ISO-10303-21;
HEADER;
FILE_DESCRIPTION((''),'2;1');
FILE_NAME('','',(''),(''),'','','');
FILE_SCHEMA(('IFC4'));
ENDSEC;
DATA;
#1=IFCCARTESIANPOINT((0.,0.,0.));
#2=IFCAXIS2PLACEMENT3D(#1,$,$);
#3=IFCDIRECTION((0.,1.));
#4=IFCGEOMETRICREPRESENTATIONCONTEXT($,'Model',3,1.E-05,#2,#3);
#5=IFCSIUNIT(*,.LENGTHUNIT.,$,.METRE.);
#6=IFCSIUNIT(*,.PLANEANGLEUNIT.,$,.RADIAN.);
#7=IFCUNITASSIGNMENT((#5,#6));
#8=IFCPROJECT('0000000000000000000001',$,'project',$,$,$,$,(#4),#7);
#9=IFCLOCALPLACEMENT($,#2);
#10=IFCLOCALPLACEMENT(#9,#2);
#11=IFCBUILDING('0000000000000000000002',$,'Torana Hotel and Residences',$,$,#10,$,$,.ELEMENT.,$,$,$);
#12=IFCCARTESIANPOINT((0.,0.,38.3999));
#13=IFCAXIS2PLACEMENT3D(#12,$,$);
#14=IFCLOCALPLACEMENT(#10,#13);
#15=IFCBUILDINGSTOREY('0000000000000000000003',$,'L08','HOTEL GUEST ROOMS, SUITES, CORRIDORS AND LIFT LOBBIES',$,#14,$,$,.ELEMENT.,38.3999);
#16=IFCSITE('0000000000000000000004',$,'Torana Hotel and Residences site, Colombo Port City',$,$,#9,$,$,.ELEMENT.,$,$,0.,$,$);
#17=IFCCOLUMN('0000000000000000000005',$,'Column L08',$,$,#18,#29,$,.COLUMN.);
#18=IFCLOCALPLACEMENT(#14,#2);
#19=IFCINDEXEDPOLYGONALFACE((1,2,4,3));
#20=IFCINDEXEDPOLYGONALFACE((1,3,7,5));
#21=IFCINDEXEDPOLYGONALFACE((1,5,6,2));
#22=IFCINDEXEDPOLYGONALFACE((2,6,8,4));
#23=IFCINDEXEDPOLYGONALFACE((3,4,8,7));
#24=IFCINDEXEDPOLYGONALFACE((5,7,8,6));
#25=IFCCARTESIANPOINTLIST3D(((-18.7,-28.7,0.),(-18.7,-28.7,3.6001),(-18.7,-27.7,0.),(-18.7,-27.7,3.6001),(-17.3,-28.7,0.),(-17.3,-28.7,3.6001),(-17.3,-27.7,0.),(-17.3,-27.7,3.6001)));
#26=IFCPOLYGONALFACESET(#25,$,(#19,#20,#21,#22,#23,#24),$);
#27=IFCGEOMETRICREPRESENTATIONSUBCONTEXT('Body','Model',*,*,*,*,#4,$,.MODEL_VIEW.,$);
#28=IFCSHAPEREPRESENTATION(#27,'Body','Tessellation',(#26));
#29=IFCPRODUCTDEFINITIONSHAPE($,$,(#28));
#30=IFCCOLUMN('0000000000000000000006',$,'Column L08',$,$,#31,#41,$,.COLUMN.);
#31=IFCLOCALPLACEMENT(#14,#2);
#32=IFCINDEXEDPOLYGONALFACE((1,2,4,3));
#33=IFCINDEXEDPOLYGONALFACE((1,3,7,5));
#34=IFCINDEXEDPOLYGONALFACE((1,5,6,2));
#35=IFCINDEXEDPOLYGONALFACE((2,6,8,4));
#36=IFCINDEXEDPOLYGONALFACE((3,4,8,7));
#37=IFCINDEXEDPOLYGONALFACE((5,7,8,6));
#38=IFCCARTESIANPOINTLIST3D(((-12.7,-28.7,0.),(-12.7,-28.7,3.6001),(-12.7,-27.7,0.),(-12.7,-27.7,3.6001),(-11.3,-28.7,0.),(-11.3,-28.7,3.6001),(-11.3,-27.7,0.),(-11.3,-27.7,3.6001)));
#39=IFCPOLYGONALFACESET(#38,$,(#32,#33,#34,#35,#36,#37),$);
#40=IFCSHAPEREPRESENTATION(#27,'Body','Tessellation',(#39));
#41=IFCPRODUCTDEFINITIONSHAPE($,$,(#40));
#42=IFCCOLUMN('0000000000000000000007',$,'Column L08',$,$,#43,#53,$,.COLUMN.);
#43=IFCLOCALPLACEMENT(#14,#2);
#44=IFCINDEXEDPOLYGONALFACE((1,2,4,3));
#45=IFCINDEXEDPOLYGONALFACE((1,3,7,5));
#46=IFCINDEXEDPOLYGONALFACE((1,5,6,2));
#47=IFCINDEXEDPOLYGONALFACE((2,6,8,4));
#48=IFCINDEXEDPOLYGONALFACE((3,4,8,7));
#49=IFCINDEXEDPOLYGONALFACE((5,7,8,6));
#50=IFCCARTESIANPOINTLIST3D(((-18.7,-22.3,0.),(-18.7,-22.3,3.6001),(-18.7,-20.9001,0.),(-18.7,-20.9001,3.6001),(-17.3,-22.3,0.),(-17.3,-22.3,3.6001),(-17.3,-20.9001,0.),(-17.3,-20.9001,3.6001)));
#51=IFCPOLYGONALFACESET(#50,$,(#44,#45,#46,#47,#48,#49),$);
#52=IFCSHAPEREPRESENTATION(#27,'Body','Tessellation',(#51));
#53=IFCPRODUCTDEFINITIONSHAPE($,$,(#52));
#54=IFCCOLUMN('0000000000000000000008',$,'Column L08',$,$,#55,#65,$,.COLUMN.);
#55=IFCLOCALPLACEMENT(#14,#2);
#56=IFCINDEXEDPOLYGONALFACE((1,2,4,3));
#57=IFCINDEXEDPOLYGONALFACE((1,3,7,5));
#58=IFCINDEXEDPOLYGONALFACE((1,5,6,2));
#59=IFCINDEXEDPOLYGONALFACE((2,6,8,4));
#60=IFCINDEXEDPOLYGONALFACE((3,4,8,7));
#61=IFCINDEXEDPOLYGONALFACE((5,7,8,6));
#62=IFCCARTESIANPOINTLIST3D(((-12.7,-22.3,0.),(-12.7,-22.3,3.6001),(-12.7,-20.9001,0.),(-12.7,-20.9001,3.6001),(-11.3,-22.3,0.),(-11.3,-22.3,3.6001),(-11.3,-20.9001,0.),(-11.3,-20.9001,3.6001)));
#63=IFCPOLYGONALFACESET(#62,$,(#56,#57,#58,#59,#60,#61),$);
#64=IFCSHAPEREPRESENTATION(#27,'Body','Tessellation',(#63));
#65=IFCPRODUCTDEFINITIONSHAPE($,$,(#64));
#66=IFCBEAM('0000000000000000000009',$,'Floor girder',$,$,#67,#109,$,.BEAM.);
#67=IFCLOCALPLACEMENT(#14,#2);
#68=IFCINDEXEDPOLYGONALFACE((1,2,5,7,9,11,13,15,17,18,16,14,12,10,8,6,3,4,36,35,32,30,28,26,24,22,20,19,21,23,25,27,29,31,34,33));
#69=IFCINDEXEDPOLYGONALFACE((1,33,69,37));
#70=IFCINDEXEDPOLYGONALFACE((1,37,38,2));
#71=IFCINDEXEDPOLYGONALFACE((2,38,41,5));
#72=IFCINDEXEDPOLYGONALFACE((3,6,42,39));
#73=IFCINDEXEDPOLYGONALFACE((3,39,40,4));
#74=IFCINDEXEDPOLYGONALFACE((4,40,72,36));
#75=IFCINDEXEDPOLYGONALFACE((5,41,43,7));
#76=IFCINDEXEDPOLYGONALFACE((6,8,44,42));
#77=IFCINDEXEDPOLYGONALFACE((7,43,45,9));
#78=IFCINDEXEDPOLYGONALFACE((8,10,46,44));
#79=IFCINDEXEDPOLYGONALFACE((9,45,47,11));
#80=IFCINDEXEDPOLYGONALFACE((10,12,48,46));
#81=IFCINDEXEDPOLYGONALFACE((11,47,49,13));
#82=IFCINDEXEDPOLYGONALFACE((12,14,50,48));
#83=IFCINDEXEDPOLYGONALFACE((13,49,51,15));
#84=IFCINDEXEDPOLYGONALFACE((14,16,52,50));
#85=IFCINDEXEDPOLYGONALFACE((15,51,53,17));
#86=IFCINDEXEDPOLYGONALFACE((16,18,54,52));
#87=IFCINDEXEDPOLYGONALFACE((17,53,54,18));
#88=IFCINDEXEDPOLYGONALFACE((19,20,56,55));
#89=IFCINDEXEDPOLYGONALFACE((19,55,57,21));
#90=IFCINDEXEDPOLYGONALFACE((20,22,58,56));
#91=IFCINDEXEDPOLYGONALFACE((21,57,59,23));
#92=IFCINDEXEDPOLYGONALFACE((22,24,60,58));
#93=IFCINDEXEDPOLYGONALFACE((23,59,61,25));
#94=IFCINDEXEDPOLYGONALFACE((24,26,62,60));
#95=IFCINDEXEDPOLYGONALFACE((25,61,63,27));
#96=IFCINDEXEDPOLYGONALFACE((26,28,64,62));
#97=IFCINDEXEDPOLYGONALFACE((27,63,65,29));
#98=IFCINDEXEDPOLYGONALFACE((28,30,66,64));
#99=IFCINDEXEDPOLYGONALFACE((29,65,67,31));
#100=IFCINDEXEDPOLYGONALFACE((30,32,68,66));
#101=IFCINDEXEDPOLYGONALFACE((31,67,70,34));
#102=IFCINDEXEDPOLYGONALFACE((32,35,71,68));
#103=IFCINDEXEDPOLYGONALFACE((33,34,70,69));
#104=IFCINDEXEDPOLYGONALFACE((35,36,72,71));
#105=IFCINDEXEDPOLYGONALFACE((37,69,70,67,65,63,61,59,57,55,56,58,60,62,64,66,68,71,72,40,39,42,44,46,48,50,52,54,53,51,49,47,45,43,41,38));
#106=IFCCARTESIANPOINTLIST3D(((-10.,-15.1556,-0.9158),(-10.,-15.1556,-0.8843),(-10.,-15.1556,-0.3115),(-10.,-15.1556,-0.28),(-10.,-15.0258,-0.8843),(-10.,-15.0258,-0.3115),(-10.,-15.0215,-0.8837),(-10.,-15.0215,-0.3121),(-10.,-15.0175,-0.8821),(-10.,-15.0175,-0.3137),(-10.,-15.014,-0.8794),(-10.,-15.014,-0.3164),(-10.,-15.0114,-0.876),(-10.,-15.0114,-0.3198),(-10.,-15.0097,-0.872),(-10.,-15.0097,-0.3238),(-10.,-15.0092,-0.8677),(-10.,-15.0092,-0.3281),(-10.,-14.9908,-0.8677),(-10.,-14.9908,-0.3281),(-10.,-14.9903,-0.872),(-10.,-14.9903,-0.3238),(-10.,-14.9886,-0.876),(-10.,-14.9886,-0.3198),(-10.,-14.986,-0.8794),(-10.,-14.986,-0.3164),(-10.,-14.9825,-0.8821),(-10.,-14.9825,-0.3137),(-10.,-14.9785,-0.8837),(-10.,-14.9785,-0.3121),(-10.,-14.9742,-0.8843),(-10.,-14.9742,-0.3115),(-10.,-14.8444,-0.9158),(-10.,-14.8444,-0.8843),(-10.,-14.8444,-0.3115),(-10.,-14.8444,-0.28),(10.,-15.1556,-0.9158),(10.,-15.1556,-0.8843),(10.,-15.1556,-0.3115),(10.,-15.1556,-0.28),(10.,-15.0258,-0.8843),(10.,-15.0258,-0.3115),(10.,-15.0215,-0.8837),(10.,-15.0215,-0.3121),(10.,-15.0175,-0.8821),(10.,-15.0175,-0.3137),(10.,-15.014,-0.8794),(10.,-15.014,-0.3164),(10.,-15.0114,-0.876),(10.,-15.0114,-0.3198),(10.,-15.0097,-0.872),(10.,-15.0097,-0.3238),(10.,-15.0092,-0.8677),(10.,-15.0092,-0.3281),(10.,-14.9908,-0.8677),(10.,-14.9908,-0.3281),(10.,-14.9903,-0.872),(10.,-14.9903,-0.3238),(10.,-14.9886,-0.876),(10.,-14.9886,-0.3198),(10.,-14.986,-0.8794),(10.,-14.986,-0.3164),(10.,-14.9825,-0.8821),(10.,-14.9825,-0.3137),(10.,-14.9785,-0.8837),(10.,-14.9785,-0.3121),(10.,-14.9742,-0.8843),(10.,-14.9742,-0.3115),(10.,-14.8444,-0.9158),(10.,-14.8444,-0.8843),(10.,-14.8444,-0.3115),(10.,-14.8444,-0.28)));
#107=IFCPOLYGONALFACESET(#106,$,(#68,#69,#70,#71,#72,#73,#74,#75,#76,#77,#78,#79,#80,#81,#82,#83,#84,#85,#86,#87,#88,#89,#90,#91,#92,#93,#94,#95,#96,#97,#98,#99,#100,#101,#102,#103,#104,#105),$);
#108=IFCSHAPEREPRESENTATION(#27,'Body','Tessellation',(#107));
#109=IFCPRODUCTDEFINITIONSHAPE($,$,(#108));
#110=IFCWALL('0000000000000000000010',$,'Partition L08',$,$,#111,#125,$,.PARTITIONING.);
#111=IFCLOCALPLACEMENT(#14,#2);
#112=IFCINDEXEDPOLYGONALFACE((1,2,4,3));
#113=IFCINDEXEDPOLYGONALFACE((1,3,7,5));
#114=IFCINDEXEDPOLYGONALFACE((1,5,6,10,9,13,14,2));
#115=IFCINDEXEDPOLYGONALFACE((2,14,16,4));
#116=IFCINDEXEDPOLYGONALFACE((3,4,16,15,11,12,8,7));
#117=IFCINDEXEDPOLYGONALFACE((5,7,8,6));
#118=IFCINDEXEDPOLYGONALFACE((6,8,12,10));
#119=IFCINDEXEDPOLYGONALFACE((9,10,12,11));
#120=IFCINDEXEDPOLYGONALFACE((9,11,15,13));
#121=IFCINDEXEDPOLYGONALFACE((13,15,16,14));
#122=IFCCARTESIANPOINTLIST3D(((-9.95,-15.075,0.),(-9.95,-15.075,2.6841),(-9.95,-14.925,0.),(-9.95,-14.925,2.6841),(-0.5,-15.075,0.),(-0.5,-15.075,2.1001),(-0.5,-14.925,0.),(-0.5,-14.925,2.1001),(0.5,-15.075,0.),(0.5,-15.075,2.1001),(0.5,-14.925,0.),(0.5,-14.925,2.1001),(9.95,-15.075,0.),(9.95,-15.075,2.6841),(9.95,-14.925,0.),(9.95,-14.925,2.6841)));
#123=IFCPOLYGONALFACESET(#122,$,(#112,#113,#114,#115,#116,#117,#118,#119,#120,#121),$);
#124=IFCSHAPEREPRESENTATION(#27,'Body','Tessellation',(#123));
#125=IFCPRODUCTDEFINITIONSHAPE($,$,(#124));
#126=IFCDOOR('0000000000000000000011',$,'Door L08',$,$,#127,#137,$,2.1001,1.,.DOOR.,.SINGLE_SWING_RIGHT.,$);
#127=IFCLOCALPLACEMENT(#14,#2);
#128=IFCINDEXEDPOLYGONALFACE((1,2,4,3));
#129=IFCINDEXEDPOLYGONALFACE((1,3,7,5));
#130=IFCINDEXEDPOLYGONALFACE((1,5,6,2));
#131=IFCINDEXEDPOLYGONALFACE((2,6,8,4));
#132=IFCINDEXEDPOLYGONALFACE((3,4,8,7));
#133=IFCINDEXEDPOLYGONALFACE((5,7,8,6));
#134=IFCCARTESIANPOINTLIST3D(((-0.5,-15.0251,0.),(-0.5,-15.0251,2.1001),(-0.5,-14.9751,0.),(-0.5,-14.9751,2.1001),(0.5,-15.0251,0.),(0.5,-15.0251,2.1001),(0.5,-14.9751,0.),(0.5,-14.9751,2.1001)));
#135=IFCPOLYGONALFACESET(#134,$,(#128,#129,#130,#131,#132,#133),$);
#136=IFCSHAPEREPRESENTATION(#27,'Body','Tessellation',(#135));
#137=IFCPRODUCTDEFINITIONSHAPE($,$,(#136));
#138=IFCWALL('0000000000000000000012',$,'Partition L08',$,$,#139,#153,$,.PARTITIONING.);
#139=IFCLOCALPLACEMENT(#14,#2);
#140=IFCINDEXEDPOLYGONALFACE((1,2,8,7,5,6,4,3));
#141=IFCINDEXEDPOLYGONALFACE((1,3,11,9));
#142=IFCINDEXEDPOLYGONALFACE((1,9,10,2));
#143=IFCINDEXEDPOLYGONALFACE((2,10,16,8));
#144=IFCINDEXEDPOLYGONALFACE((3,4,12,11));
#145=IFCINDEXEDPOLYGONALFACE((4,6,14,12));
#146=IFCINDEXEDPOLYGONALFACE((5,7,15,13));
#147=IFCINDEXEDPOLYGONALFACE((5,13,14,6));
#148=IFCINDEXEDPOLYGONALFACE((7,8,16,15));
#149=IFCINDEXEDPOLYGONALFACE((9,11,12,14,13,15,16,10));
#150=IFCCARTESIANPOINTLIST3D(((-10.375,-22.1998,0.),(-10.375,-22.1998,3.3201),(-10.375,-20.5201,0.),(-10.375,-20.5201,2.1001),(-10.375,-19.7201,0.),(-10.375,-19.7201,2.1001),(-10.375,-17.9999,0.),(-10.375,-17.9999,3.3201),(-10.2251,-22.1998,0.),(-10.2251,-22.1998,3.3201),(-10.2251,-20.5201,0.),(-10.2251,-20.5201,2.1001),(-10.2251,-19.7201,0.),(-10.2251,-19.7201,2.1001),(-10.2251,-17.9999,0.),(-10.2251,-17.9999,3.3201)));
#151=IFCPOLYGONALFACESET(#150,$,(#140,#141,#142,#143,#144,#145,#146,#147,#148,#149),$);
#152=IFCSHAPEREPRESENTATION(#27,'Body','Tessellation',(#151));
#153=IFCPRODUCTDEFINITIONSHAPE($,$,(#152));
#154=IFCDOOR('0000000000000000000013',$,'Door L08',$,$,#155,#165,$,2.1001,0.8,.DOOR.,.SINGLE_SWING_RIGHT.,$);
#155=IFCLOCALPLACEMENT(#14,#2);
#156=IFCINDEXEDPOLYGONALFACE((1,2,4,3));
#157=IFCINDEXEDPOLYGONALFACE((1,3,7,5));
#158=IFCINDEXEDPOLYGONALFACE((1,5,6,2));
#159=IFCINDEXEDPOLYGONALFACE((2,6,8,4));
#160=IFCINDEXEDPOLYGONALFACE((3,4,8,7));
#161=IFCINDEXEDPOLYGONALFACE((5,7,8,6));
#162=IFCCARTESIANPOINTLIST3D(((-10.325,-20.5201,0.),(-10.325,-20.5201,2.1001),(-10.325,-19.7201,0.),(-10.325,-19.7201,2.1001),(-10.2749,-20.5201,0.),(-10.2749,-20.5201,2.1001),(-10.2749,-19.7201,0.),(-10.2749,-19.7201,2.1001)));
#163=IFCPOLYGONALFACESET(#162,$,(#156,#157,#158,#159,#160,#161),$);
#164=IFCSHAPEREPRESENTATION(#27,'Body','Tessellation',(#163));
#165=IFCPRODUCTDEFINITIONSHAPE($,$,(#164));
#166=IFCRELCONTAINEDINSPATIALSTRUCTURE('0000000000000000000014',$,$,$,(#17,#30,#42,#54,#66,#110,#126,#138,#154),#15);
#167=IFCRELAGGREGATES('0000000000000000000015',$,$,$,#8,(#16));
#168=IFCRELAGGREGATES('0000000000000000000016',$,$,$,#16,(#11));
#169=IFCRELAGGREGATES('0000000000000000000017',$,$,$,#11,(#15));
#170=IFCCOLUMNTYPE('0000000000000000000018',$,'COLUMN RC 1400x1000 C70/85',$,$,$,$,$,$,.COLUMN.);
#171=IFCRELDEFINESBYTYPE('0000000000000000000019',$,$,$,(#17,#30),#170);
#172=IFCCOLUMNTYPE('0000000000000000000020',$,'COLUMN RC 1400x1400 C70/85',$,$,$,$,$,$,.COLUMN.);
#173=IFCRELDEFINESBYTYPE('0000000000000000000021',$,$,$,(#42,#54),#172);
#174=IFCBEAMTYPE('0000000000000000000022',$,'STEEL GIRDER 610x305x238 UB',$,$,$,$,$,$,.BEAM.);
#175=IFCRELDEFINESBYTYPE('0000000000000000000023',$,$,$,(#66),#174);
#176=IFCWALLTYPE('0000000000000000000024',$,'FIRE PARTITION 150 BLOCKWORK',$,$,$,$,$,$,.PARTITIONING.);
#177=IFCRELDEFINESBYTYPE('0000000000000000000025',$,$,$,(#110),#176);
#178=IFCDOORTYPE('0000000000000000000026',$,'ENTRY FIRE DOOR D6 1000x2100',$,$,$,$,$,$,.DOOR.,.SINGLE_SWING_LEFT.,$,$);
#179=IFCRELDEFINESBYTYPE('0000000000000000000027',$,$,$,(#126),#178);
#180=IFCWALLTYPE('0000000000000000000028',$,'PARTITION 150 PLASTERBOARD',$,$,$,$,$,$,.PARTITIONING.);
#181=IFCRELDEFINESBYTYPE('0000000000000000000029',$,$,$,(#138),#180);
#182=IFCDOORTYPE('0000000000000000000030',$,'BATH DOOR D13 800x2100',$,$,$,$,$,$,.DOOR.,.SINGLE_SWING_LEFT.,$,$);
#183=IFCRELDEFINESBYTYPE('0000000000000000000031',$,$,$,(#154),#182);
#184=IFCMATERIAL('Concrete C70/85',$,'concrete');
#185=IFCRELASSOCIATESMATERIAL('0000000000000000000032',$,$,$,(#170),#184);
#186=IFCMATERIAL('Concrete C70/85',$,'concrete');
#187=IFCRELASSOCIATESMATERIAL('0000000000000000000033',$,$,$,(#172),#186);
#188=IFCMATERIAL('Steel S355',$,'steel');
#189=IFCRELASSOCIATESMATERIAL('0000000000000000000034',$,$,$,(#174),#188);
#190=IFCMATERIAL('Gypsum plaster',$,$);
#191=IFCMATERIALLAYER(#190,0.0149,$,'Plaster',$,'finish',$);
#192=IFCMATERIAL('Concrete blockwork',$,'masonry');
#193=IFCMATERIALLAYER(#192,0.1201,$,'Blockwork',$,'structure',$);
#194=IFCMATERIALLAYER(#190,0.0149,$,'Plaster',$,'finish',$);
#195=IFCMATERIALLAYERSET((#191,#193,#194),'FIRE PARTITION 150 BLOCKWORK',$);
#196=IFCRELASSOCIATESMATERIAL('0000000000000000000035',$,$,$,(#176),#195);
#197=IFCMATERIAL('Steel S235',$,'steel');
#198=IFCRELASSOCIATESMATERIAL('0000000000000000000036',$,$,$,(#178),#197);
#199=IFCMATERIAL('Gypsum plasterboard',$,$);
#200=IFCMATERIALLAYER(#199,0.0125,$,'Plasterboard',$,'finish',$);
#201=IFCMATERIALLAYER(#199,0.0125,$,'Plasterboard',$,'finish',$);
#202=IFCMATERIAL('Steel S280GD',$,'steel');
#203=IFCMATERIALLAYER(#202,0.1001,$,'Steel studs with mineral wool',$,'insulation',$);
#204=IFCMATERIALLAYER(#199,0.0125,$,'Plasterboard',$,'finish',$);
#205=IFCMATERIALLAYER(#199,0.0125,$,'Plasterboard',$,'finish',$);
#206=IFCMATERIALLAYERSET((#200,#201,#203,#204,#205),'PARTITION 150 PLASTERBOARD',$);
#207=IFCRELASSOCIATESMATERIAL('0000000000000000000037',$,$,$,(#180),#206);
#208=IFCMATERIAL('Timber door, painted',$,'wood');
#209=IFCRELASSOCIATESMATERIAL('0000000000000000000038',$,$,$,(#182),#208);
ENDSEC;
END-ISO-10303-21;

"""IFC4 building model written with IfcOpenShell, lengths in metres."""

from ifc_helpers import new_model, si_unit, direction, frame, frame_2d, origin, origin_2d, place, context, subcontext, project, spatial, rectangle, i_section, extrude, material, layer, layer_set, material_profile, profile_set, type_object, element, fill, save


model = new_model("IFC4")

# Units and contexts
model_context = context("Model", 3, precision=1e-05, world=origin(), true_north=direction((0.0, 1.0)))
body_context = subcontext(model_context, "Body", "Model", "MODEL_VIEW")
ifc_project = project(units=[si_unit("LENGTHUNIT", "METRE"), si_unit("PLANEANGLEUNIT", "RADIAN")], contexts=[model_context])

# Site, building, storey
site_placement = place(None, origin())
site = spatial("IfcSite", under=ifc_project, at=site_placement, Name="Torana Hotel and Residences site, Colombo Port City", CompositionType="ELEMENT", RefElevation=0.0)
building_placement = place(site_placement, origin())
building = spatial("IfcBuilding", under=site, at=building_placement, Name="Torana Hotel and Residences", CompositionType="ELEMENT")
storey_placement = place(building_placement, frame((0.0, 0.0, 38.3999)))
storey = spatial("IfcBuildingStorey", under=building, at=storey_placement, Name="L08", Description="HOTEL GUEST ROOMS, SUITES, CORRIDORS AND LIFT LOBBIES", CompositionType="ELEMENT", Elevation=38.3999)

# Columns
ifc_material_1 = material(Name="Concrete C70/85", Category="concrete")
ifc_material_profile_1 = material_profile(ifc_material_1, rectangle(XDim=1.3999, YDim=1.0, at=origin_2d()), Name="RC 1400x1000")
ifc_profile_set_1 = profile_set([ifc_material_profile_1], Name="Concrete C70/85")
column_type_1 = type_object("IfcColumnType", Name="COLUMN RC 1400x1000 C70/85", PredefinedType="COLUMN", material=ifc_profile_set_1)
for number, where, z_axis, x_axis, name in (
    (1, (-18.0, -28.2, 0.0), (0.0, 0.0, 1.0), (1.0, 0.0, 0.0), "Column L08"),
    (2, (-12.0, -28.2, 0.0), (0.0, 0.0, 1.0), (1.0, 0.0, 0.0), "Column L08"),
):
    element("IfcColumn", number, at=place(storey_placement, frame(where, z_axis=z_axis, x_axis=x_axis)), inside=storey, type_object=column_type_1, Name=name, PredefinedType="COLUMN", context=body_context, shape_type="SweptSolid", body=[
        extrude(rectangle(XDim=1.3999, YDim=1.0, at=origin_2d()), origin(), (0.0, 0.0, 1.0), 3.6001),
    ])
ifc_material_2 = material(Name="Concrete C70/85", Category="concrete")
ifc_material_profile_2 = material_profile(ifc_material_2, rectangle(XDim=1.3999, YDim=1.3999, at=origin_2d()), Name="RC 1400x1400")
ifc_profile_set_2 = profile_set([ifc_material_profile_2], Name="Concrete C70/85")
column_type_2 = type_object("IfcColumnType", Name="COLUMN RC 1400x1400 C70/85", PredefinedType="COLUMN", material=ifc_profile_set_2)
for number, where, z_axis, x_axis, name in (
    (3, (-18.0, -21.6001, 0.0), (0.0, 0.0, 1.0), (1.0, 0.0, 0.0), "Column L08"),
    (4, (-12.0, -21.6001, 0.0), (0.0, 0.0, 1.0), (1.0, 0.0, 0.0), "Column L08"),
):
    element("IfcColumn", number, at=place(storey_placement, frame(where, z_axis=z_axis, x_axis=x_axis)), inside=storey, type_object=column_type_2, Name=name, PredefinedType="COLUMN", context=body_context, shape_type="SweptSolid", body=[
        extrude(rectangle(XDim=1.3999, YDim=1.3999, at=origin_2d()), origin(), (0.0, 0.0, 1.0), 3.6001),
    ])

# Beam
ifc_material_3 = material(Name="Steel S355", Category="steel")
ifc_material_profile_3 = material_profile(ifc_material_3, i_section(OverallWidth=0.3113, OverallDepth=0.6357, WebThickness=0.0183, FlangeThickness=0.0315, FilletRadius=0.0166, at=origin_2d()), Name="610x305x238 UB")
ifc_profile_set_3 = profile_set([ifc_material_profile_3], Name="Steel S355")
beam_type = type_object("IfcBeamType", Name="STEEL GIRDER 610x305x238 UB", PredefinedType="BEAM", material=ifc_profile_set_3)
beam_placement = place(storey_placement, frame((-10.0, -15.0, -0.5979), z_axis=(1.0, 0.0, 0.0), x_axis=(0.0, 1.0, 0.0)))
element("IfcBeam", 5, at=beam_placement, inside=storey, type_object=beam_type, Name="Floor girder", PredefinedType="BEAM", context=body_context, shape_type="SweptSolid", body=[
    extrude(i_section(OverallWidth=0.3113, OverallDepth=0.6357, WebThickness=0.0183, FlangeThickness=0.0315, FilletRadius=0.0166, at=origin_2d()), origin(), (0.0, 0.0, 1.0), 20.0),
])

# Walls, openings, doors
ifc_material_4 = material(Name="Gypsum plaster")
ifc_layer_1 = layer(ifc_material_4, 0.0149, Name="Plaster", Category="finish")
ifc_material_5 = material(Name="Concrete blockwork", Category="masonry")
ifc_layer_2 = layer(ifc_material_5, 0.1201, Name="Blockwork", Category="structure")
ifc_layer_3 = layer(ifc_material_4, 0.0149, Name="Plaster", Category="finish")
ifc_layer_set_1 = layer_set([ifc_layer_1, ifc_layer_2, ifc_layer_3], Name="FIRE PARTITION 150 BLOCKWORK")
wall_type_1 = type_object("IfcWallType", Name="FIRE PARTITION 150 BLOCKWORK", PredefinedType="PARTITIONING", material=ifc_layer_set_1)
wall_1_placement = place(storey_placement, frame((-9.95, -15.0, 0.0), z_axis=(0.0, 0.0, 1.0), x_axis=(1.0, 0.0, 0.0)))
wall_1 = element("IfcWall", 6, at=wall_1_placement, inside=storey, type_object=wall_type_1, Name="Partition L08", PredefinedType="PARTITIONING", context=body_context, shape_type="SweptSolid", body=[
    extrude(rectangle(XDim=19.8999, YDim=0.1499, at=frame_2d((9.95, 0.0))), origin(), (0.0, 0.0, 1.0), 2.6841),
])
opening_1_placement = place(wall_1_placement, frame((9.45, 0.0, 0.0)))
opening_1 = element("IfcOpeningElement", 7, at=opening_1_placement, cuts=wall_1, PredefinedType="OPENING", context=body_context, shape_type="SweptSolid", body=[
    extrude(rectangle(XDim=1.0, YDim=2.1001, at=frame_2d((0.5, 1.05))), frame((0.0, 0.085, 0.0), z_axis=(0.0, -1.0, 0.0), x_axis=(1.0, 0.0, 0.0)), (0.0, 0.0, 1.0), 0.1699),
])
ifc_material_6 = material(Name="Steel S235", Category="steel")
door_type_1 = type_object("IfcDoorType", Name="ENTRY FIRE DOOR D6 1000x2100", OperationType="SINGLE_SWING_LEFT", PredefinedType="DOOR", material=ifc_material_6)
door_1_placement = place(opening_1_placement, origin())
door_1 = element("IfcDoor", 8, at=door_1_placement, inside=storey, type_object=door_type_1, Name="Door L08", OperationType="SINGLE_SWING_RIGHT", OverallHeight=2.1001, OverallWidth=1.0, PredefinedType="DOOR", context=body_context, shape_type="SweptSolid", body=[
    extrude(rectangle(XDim=1.0, YDim=2.1001, at=frame_2d((0.5, 1.05))), frame((0.0, 0.0249, 0.0), z_axis=(0.0, -1.0, 0.0), x_axis=(1.0, 0.0, 0.0)), (0.0, 0.0, 1.0), 0.05),
])
fill(opening_1, door_1)
ifc_material_7 = material(Name="Gypsum plasterboard")
ifc_layer_4 = layer(ifc_material_7, 0.0125, Name="Plasterboard", Category="finish")
ifc_layer_5 = layer(ifc_material_7, 0.0125, Name="Plasterboard", Category="finish")
ifc_material_8 = material(Name="Steel S280GD", Category="steel")
ifc_layer_6 = layer(ifc_material_8, 0.1001, Name="Steel studs with mineral wool", Category="insulation")
ifc_layer_7 = layer(ifc_material_7, 0.0125, Name="Plasterboard", Category="finish")
ifc_layer_8 = layer(ifc_material_7, 0.0125, Name="Plasterboard", Category="finish")
ifc_layer_set_2 = layer_set([ifc_layer_4, ifc_layer_5, ifc_layer_6, ifc_layer_7, ifc_layer_8], Name="PARTITION 150 PLASTERBOARD")
wall_type_2 = type_object("IfcWallType", Name="PARTITION 150 PLASTERBOARD", PredefinedType="PARTITIONING", material=ifc_layer_set_2)
wall_2_placement = place(storey_placement, frame((-10.3, -22.2, 0.0), z_axis=(0.0, 0.0, 1.0), x_axis=(0.0, 1.0, 0.0)))
wall_2 = element("IfcWall", 9, at=wall_2_placement, inside=storey, type_object=wall_type_2, Name="Partition L08", PredefinedType="PARTITIONING", context=body_context, shape_type="SweptSolid", body=[
    extrude(rectangle(XDim=4.2, YDim=0.1499, at=frame_2d((2.1001, 0.0))), origin(), (0.0, 0.0, 1.0), 3.3201),
])
opening_2_placement = place(wall_2_placement, frame((1.6799, 0.0, 0.0)))
opening_2 = element("IfcOpeningElement", 10, at=opening_2_placement, cuts=wall_2, PredefinedType="OPENING", context=body_context, shape_type="SweptSolid", body=[
    extrude(rectangle(XDim=0.8, YDim=2.1001, at=frame_2d((0.3999, 1.05))), frame((0.0, 0.085, 0.0), z_axis=(0.0, -1.0, 0.0), x_axis=(1.0, 0.0, 0.0)), (0.0, 0.0, 1.0), 0.1699),
])
ifc_material_9 = material(Name="Timber door, painted", Category="wood")
door_type_2 = type_object("IfcDoorType", Name="BATH DOOR D13 800x2100", OperationType="SINGLE_SWING_LEFT", PredefinedType="DOOR", material=ifc_material_9)
door_2_placement = place(opening_2_placement, origin())
door_2 = element("IfcDoor", 11, at=door_2_placement, inside=storey, type_object=door_type_2, Name="Door L08", OperationType="SINGLE_SWING_RIGHT", OverallHeight=2.1001, OverallWidth=0.8, PredefinedType="DOOR", context=body_context, shape_type="SweptSolid", body=[
    extrude(rectangle(XDim=0.8, YDim=2.1001, at=frame_2d((0.3999, 1.05))), frame((0.0, 0.0249, 0.0), z_axis=(0.0, -1.0, 0.0), x_axis=(1.0, 0.0, 0.0)), (0.0, 0.0, 1.0), 0.05),
])
fill(opening_2, door_2)

save(model, "model.ifc")
